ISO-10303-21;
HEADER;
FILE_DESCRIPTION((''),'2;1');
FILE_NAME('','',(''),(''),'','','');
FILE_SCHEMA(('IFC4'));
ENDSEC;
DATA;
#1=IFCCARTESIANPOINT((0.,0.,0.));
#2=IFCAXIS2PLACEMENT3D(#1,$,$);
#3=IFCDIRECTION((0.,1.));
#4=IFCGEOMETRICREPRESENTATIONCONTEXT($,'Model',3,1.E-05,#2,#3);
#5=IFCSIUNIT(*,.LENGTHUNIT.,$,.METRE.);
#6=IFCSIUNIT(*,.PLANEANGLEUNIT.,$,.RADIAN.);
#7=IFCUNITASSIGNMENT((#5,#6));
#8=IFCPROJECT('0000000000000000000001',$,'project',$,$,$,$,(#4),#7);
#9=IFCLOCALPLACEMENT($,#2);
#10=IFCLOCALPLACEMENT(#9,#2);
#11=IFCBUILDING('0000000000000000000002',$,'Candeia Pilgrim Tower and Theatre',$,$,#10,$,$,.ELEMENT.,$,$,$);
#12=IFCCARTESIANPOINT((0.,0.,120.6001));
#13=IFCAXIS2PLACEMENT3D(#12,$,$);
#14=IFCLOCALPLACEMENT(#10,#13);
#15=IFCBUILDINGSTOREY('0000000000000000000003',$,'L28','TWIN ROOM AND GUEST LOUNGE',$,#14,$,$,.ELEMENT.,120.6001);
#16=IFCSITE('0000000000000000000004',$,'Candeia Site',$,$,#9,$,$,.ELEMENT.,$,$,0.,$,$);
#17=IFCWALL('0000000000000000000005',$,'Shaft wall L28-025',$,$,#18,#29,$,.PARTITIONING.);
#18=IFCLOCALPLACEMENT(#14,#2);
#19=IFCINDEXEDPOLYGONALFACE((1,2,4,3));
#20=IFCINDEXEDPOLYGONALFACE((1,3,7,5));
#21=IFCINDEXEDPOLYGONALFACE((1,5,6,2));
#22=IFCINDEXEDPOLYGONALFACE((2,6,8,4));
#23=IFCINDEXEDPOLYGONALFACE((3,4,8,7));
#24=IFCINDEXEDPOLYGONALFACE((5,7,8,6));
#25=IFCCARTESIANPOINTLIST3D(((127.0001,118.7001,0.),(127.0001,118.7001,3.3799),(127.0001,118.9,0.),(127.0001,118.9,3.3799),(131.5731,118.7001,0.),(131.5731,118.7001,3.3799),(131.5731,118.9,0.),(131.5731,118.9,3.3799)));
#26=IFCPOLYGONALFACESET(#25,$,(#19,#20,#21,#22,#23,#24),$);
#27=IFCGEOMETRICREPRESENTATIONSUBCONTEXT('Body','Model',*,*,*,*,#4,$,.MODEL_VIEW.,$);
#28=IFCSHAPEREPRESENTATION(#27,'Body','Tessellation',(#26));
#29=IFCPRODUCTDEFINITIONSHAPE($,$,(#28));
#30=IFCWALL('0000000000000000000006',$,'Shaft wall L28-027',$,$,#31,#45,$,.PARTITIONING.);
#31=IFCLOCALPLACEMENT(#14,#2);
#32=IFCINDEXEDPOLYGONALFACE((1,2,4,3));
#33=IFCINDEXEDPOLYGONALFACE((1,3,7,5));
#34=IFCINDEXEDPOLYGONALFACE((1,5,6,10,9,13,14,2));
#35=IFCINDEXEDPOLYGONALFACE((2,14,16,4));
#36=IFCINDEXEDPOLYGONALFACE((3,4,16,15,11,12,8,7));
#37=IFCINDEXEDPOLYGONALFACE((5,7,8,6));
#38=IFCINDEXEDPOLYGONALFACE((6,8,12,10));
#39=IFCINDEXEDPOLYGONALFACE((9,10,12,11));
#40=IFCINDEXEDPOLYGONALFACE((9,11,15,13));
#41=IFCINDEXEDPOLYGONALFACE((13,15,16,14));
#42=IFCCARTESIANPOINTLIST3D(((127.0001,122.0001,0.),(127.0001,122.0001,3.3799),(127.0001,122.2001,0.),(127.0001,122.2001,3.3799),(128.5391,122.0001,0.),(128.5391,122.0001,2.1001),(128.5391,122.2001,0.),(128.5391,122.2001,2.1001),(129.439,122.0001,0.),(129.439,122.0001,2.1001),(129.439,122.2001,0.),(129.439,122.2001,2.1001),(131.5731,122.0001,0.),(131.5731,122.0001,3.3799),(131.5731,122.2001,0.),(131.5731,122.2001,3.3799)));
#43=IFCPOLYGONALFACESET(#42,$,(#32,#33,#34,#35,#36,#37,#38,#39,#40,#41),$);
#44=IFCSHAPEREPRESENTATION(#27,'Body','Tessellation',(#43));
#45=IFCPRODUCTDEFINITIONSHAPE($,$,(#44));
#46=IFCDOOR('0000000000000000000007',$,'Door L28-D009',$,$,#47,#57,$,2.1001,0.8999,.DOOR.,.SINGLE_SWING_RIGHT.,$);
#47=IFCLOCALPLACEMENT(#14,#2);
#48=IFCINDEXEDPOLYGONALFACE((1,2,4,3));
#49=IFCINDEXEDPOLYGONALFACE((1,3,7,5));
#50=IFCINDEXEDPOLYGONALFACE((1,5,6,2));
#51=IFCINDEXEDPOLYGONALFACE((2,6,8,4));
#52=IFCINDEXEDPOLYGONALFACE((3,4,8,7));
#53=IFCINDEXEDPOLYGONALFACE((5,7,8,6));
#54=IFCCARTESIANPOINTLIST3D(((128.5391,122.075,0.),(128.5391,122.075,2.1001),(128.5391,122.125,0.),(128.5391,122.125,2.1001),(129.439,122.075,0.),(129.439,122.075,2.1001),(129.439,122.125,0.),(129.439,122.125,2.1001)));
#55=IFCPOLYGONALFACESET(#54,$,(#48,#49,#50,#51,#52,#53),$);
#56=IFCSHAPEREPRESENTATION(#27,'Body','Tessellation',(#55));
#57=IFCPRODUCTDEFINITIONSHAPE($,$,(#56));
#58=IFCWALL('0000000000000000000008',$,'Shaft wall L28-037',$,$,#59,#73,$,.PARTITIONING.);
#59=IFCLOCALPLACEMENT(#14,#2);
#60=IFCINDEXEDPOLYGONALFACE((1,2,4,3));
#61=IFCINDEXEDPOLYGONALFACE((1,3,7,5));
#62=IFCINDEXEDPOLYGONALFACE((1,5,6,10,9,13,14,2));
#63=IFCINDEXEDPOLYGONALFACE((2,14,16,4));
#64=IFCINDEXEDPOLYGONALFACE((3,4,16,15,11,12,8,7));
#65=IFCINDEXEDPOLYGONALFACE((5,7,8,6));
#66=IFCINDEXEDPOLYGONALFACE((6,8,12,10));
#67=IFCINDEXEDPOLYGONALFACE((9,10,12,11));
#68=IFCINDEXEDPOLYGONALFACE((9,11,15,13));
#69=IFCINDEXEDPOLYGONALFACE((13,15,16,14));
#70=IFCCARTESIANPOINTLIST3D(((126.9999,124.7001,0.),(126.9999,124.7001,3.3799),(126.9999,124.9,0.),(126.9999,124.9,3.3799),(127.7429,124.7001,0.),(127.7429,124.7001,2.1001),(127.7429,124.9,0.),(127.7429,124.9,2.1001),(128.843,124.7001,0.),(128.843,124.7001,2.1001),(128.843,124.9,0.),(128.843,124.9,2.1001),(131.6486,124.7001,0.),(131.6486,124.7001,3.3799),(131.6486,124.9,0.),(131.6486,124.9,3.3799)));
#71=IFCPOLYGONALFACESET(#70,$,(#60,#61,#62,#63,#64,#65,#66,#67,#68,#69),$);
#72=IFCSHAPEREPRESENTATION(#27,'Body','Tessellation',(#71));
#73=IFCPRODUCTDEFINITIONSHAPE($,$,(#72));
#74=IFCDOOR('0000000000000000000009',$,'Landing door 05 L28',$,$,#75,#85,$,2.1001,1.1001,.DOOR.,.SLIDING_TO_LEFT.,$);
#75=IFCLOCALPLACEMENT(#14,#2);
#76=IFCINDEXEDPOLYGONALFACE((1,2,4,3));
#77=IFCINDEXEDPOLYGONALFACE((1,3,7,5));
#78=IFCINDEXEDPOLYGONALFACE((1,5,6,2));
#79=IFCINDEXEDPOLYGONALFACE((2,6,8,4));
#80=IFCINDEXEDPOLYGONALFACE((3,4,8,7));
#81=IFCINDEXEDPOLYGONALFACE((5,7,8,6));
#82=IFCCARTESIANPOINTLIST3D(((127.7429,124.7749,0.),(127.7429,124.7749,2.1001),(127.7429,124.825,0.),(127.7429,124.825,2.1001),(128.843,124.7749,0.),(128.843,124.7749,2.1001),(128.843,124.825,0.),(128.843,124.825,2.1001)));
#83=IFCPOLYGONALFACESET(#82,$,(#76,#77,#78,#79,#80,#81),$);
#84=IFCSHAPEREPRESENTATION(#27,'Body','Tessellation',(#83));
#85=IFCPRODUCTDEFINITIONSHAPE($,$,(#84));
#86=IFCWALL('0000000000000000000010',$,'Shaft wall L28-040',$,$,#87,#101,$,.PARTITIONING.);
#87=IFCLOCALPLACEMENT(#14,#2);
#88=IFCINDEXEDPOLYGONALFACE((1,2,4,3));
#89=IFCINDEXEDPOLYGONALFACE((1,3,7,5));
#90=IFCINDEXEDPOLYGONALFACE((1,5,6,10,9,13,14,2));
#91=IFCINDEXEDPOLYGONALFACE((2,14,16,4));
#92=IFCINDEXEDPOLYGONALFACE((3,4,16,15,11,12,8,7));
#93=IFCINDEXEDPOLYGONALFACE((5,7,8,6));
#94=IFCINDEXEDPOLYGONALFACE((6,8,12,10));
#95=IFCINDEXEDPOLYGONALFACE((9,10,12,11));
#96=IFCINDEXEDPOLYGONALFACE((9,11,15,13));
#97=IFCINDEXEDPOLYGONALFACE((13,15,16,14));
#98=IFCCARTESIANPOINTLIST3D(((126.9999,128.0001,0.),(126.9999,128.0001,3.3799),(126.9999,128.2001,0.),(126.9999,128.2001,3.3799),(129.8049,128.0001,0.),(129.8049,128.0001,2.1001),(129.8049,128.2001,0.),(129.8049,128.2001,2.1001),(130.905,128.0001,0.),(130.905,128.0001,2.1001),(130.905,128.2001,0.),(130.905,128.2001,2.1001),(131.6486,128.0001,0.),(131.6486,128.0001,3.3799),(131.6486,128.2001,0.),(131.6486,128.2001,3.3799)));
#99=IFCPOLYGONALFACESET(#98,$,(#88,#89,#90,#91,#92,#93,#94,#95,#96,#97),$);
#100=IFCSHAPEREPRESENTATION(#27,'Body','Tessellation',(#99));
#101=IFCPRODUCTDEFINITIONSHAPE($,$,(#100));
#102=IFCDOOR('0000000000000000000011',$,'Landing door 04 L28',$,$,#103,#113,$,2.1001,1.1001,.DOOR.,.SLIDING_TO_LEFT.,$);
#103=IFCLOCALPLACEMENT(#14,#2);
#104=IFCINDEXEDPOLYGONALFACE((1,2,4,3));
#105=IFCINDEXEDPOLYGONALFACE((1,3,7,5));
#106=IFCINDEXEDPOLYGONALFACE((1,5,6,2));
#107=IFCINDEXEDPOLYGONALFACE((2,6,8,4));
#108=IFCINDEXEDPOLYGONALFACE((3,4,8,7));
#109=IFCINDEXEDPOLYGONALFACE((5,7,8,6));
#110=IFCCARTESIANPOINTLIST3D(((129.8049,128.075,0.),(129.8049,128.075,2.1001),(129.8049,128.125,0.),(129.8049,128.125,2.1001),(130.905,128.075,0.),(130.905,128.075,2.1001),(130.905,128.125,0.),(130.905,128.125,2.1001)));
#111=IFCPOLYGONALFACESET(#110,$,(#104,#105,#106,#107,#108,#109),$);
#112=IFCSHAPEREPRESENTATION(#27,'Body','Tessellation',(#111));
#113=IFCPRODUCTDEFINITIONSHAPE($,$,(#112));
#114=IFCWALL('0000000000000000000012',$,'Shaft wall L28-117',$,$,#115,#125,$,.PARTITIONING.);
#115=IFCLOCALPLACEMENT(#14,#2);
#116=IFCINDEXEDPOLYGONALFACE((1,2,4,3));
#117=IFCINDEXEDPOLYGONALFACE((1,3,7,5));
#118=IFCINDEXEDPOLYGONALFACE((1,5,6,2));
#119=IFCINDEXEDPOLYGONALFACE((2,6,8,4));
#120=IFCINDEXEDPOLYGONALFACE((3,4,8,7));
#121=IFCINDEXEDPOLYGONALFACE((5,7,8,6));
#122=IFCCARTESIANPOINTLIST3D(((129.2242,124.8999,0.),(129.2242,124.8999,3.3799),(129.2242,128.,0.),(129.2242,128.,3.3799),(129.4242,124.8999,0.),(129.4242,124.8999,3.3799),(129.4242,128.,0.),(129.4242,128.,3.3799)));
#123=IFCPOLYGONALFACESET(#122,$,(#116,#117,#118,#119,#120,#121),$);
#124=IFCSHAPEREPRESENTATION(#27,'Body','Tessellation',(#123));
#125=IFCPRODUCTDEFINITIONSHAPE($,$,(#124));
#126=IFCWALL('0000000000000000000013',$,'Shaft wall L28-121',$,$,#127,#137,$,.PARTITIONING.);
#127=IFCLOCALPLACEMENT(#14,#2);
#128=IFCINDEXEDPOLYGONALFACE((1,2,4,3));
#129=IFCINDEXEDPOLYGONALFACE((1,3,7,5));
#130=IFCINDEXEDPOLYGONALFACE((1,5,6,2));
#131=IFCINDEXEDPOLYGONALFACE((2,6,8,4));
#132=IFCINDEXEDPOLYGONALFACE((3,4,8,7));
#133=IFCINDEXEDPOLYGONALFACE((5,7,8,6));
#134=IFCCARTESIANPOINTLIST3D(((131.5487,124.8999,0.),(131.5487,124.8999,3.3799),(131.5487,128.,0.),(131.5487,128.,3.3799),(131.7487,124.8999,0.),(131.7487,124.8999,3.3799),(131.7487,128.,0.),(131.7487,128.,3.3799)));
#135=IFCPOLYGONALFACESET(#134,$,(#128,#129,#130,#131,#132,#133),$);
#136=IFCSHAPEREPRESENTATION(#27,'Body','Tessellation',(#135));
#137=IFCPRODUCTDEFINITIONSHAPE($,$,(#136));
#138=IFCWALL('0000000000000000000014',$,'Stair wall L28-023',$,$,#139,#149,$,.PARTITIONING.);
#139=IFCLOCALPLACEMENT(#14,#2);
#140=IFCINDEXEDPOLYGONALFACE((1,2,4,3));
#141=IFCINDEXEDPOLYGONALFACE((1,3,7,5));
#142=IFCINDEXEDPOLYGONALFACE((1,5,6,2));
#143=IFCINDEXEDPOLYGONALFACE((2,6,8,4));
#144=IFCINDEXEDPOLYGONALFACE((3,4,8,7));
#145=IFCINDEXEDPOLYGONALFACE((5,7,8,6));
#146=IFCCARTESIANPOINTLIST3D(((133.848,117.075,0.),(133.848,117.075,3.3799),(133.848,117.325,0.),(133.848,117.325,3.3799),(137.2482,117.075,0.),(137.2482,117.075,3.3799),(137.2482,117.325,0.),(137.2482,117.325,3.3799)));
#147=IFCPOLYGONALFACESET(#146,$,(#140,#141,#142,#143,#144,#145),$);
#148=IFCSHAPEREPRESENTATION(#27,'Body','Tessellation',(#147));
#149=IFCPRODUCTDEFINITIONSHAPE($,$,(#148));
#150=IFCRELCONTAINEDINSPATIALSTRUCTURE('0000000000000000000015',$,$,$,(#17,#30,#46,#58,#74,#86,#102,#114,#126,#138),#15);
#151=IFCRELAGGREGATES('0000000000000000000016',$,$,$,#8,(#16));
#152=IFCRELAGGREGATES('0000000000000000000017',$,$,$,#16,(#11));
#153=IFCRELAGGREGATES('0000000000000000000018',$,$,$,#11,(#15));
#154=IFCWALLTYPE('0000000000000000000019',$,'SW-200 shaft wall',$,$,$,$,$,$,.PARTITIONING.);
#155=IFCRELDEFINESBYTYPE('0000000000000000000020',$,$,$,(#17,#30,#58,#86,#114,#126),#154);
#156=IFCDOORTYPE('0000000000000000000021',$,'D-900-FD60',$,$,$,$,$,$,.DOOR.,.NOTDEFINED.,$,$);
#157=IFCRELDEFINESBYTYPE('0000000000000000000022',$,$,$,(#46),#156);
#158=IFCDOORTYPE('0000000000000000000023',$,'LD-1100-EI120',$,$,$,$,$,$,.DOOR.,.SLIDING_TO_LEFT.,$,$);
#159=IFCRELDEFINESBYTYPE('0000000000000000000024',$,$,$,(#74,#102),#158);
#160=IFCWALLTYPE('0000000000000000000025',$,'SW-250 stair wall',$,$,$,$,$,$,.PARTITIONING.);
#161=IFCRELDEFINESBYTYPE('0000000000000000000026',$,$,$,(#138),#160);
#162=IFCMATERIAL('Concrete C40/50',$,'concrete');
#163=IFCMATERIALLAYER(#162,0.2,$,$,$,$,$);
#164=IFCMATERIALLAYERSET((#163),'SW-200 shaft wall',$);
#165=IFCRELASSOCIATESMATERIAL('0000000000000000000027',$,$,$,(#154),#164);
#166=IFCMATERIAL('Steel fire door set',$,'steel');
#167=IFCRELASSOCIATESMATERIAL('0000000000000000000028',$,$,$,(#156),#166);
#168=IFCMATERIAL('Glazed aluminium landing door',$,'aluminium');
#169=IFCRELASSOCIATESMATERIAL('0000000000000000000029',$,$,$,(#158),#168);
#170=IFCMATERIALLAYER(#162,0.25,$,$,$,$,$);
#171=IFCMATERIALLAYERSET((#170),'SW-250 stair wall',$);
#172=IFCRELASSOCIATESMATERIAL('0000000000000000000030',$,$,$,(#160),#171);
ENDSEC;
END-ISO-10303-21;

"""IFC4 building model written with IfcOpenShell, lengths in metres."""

from ifc_helpers import new_model, si_unit, direction, frame, frame_2d, origin, place, context, subcontext, project, spatial, rectangle, extrude, material, layer, layer_set, type_object, element, fill, save


model = new_model("IFC4")

# Units and contexts
model_context = context("Model", 3, precision=1e-05, world=origin(), true_north=direction((0.0, 1.0)))
body_context = subcontext(model_context, "Body", "Model", "MODEL_VIEW")
ifc_project = project(units=[si_unit("LENGTHUNIT", "METRE"), si_unit("PLANEANGLEUNIT", "RADIAN")], contexts=[model_context])

# Site, building, storey
site_placement = place(None, origin())
site = spatial("IfcSite", under=ifc_project, at=site_placement, Name="Candeia Site", CompositionType="ELEMENT", RefElevation=0.0)
building_placement = place(site_placement, origin())
building = spatial("IfcBuilding", under=site, at=building_placement, Name="Candeia Pilgrim Tower and Theatre", CompositionType="ELEMENT")
storey_placement = place(building_placement, frame((0.0, 0.0, 120.6001)))
storey = spatial("IfcBuildingStorey", under=building, at=storey_placement, Name="L28", Description="TWIN ROOM AND GUEST LOUNGE", CompositionType="ELEMENT", Elevation=120.6001)

# Shared definitions
ifc_material_1 = material(Name="Steel fire door set", Category="steel")

# Wall
ifc_material_2 = material(Name="Concrete C40/50", Category="concrete")
ifc_layer_1 = layer(ifc_material_2, 0.2)
ifc_layer_set_1 = layer_set([ifc_layer_1], Name="SW-200 shaft wall")
wall_type_1 = type_object("IfcWallType", Name="SW-200 shaft wall", PredefinedType="PARTITIONING", material=ifc_layer_set_1)
wall_1_placement = place(storey_placement, frame((127.0, 118.8, 0.0), z_axis=(0.0, 0.0, 1.0), x_axis=(1.0, 0.0, 0.0)))
element("IfcWall", 1, at=wall_1_placement, inside=storey, type_object=wall_type_1, Name="Shaft wall L28-025", PredefinedType="PARTITIONING", context=body_context, shape_type="SweptSolid", body=[
    extrude(rectangle(XDim=4.573, YDim=0.2, at=frame_2d((2.2866, 0.0))), origin(), (0.0, 0.0, 1.0), 3.3799),
])

# Walls, openings, doors
wall_2_placement = place(storey_placement, frame((127.0, 122.1001, 0.0), z_axis=(0.0, 0.0, 1.0), x_axis=(1.0, 0.0, 0.0)))
wall_2 = element("IfcWall", 2, at=wall_2_placement, inside=storey, type_object=wall_type_1, Name="Shaft wall L28-027", PredefinedType="PARTITIONING", context=body_context, shape_type="SweptSolid", body=[
    extrude(rectangle(XDim=4.573, YDim=0.2, at=frame_2d((2.2866, 0.0))), origin(), (0.0, 0.0, 1.0), 3.3799),
])
opening_1_placement = place(wall_2_placement, frame((1.5391, 0.0, 0.0)))
opening_1 = element("IfcOpeningElement", 3, at=opening_1_placement, cuts=wall_2, PredefinedType="OPENING", context=body_context, shape_type="SweptSolid", body=[
    extrude(rectangle(XDim=0.8999, YDim=2.1001, at=frame_2d((0.45, 1.05))), frame((0.0, 0.1099, 0.0), z_axis=(0.0, -1.0, 0.0), x_axis=(1.0, 0.0, 0.0)), (0.0, 0.0, 1.0), 0.22),
])
door_type_1 = type_object("IfcDoorType", Name="D-900-FD60", OperationType="NOTDEFINED", PredefinedType="DOOR", material=ifc_material_1)
door_1_placement = place(opening_1_placement, origin())
door_1 = element("IfcDoor", 4, at=door_1_placement, inside=storey, type_object=door_type_1, Name="Door L28-D009", OperationType="SINGLE_SWING_RIGHT", OverallHeight=2.1001, OverallWidth=0.8999, PredefinedType="DOOR", context=body_context, shape_type="SweptSolid", body=[
    extrude(rectangle(XDim=0.8999, YDim=2.1001, at=frame_2d((0.45, 1.05))), frame((0.0, 0.0249, 0.0), z_axis=(0.0, -1.0, 0.0), x_axis=(1.0, 0.0, 0.0)), (0.0, 0.0, 1.0), 0.05),
])
fill(opening_1, door_1)
wall_3_placement = place(storey_placement, frame((127.0, 124.8, 0.0), z_axis=(0.0, 0.0, 1.0), x_axis=(1.0, 0.0, 0.0)))
wall_3 = element("IfcWall", 5, at=wall_3_placement, inside=storey, type_object=wall_type_1, Name="Shaft wall L28-037", PredefinedType="PARTITIONING", context=body_context, shape_type="SweptSolid", body=[
    extrude(rectangle(XDim=4.6487, YDim=0.2, at=frame_2d((2.3242, 0.0))), origin(), (0.0, 0.0, 1.0), 3.3799),
])
opening_2_placement = place(wall_3_placement, frame((0.7429, 0.0, 0.0)))
opening_2 = element("IfcOpeningElement", 6, at=opening_2_placement, cuts=wall_3, PredefinedType="OPENING", context=body_context, shape_type="SweptSolid", body=[
    extrude(rectangle(XDim=1.1001, YDim=2.1001, at=frame_2d((0.55, 1.05))), frame((0.0, 0.1099, 0.0), z_axis=(0.0, -1.0, 0.0), x_axis=(1.0, 0.0, 0.0)), (0.0, 0.0, 1.0), 0.22),
])
ifc_material_3 = material(Name="Glazed aluminium landing door", Category="aluminium")
door_type_2 = type_object("IfcDoorType", Name="LD-1100-EI120", OperationType="SLIDING_TO_LEFT", PredefinedType="DOOR", material=ifc_material_3)
door_2_placement = place(opening_2_placement, origin())
door_2 = element("IfcDoor", 7, at=door_2_placement, inside=storey, type_object=door_type_2, Name="Landing door 05 L28", OperationType="SLIDING_TO_LEFT", OverallHeight=2.1001, OverallWidth=1.1001, PredefinedType="DOOR", context=body_context, shape_type="SweptSolid", body=[
    extrude(rectangle(XDim=1.1001, YDim=2.1001, at=frame_2d((0.55, 1.05))), frame((0.0, 0.0249, 0.0), z_axis=(0.0, -1.0, 0.0), x_axis=(1.0, 0.0, 0.0)), (0.0, 0.0, 1.0), 0.05),
])
fill(opening_2, door_2)
wall_4_placement = place(storey_placement, frame((127.0, 128.1001, 0.0), z_axis=(0.0, 0.0, 1.0), x_axis=(1.0, 0.0, 0.0)))
wall_4 = element("IfcWall", 8, at=wall_4_placement, inside=storey, type_object=wall_type_1, Name="Shaft wall L28-040", PredefinedType="PARTITIONING", context=body_context, shape_type="SweptSolid", body=[
    extrude(rectangle(XDim=4.6487, YDim=0.2, at=frame_2d((2.3242, 0.0))), origin(), (0.0, 0.0, 1.0), 3.3799),
])
opening_3_placement = place(wall_4_placement, frame((2.8049, 0.0, 0.0)))
opening_3 = element("IfcOpeningElement", 9, at=opening_3_placement, cuts=wall_4, PredefinedType="OPENING", context=body_context, shape_type="SweptSolid", body=[
    extrude(rectangle(XDim=1.1001, YDim=2.1001, at=frame_2d((0.55, 1.05))), frame((0.0, 0.1099, 0.0), z_axis=(0.0, -1.0, 0.0), x_axis=(1.0, 0.0, 0.0)), (0.0, 0.0, 1.0), 0.22),
])
door_3_placement = place(opening_3_placement, origin())
door_3 = element("IfcDoor", 10, at=door_3_placement, inside=storey, type_object=door_type_2, Name="Landing door 04 L28", OperationType="SLIDING_TO_LEFT", OverallHeight=2.1001, OverallWidth=1.1001, PredefinedType="DOOR", context=body_context, shape_type="SweptSolid", body=[
    extrude(rectangle(XDim=1.1001, YDim=2.1001, at=frame_2d((0.55, 1.05))), frame((0.0, 0.0249, 0.0), z_axis=(0.0, -1.0, 0.0), x_axis=(1.0, 0.0, 0.0)), (0.0, 0.0, 1.0), 0.05),
])
fill(opening_3, door_3)

# Walls
for number, where, z_axis, x_axis, name in (
    (11, (129.3242, 124.8999, 0.0), (0.0, 0.0, 1.0), (0.0, 1.0, 0.0), "Shaft wall L28-117"),
    (12, (131.6487, 124.8999, 0.0), (0.0, 0.0, 1.0), (0.0, 1.0, 0.0), "Shaft wall L28-121"),
):
    element("IfcWall", number, at=place(storey_placement, frame(where, z_axis=z_axis, x_axis=x_axis)), inside=storey, type_object=wall_type_1, Name=name, PredefinedType="PARTITIONING", context=body_context, shape_type="SweptSolid", body=[
        extrude(rectangle(XDim=3.1001, YDim=0.2, at=frame_2d((1.55, 0.0))), origin(), (0.0, 0.0, 1.0), 3.3799),
    ])
ifc_layer_2 = layer(ifc_material_2, 0.25)
ifc_layer_set_2 = layer_set([ifc_layer_2], Name="SW-250 stair wall")
wall_type_2 = type_object("IfcWallType", Name="SW-250 stair wall", PredefinedType="PARTITIONING", material=ifc_layer_set_2)
wall_5_placement = place(storey_placement, frame((133.8479, 117.2, 0.0), z_axis=(0.0, 0.0, 1.0), x_axis=(1.0, 0.0, 0.0)))
element("IfcWall", 13, at=wall_5_placement, inside=storey, type_object=wall_type_2, Name="Stair wall L28-023", PredefinedType="PARTITIONING", context=body_context, shape_type="SweptSolid", body=[
    extrude(rectangle(XDim=3.4001, YDim=0.25, at=frame_2d((1.7002, 0.0))), origin(), (0.0, 0.0, 1.0), 3.3799),
])

save(model, "model.ifc")
